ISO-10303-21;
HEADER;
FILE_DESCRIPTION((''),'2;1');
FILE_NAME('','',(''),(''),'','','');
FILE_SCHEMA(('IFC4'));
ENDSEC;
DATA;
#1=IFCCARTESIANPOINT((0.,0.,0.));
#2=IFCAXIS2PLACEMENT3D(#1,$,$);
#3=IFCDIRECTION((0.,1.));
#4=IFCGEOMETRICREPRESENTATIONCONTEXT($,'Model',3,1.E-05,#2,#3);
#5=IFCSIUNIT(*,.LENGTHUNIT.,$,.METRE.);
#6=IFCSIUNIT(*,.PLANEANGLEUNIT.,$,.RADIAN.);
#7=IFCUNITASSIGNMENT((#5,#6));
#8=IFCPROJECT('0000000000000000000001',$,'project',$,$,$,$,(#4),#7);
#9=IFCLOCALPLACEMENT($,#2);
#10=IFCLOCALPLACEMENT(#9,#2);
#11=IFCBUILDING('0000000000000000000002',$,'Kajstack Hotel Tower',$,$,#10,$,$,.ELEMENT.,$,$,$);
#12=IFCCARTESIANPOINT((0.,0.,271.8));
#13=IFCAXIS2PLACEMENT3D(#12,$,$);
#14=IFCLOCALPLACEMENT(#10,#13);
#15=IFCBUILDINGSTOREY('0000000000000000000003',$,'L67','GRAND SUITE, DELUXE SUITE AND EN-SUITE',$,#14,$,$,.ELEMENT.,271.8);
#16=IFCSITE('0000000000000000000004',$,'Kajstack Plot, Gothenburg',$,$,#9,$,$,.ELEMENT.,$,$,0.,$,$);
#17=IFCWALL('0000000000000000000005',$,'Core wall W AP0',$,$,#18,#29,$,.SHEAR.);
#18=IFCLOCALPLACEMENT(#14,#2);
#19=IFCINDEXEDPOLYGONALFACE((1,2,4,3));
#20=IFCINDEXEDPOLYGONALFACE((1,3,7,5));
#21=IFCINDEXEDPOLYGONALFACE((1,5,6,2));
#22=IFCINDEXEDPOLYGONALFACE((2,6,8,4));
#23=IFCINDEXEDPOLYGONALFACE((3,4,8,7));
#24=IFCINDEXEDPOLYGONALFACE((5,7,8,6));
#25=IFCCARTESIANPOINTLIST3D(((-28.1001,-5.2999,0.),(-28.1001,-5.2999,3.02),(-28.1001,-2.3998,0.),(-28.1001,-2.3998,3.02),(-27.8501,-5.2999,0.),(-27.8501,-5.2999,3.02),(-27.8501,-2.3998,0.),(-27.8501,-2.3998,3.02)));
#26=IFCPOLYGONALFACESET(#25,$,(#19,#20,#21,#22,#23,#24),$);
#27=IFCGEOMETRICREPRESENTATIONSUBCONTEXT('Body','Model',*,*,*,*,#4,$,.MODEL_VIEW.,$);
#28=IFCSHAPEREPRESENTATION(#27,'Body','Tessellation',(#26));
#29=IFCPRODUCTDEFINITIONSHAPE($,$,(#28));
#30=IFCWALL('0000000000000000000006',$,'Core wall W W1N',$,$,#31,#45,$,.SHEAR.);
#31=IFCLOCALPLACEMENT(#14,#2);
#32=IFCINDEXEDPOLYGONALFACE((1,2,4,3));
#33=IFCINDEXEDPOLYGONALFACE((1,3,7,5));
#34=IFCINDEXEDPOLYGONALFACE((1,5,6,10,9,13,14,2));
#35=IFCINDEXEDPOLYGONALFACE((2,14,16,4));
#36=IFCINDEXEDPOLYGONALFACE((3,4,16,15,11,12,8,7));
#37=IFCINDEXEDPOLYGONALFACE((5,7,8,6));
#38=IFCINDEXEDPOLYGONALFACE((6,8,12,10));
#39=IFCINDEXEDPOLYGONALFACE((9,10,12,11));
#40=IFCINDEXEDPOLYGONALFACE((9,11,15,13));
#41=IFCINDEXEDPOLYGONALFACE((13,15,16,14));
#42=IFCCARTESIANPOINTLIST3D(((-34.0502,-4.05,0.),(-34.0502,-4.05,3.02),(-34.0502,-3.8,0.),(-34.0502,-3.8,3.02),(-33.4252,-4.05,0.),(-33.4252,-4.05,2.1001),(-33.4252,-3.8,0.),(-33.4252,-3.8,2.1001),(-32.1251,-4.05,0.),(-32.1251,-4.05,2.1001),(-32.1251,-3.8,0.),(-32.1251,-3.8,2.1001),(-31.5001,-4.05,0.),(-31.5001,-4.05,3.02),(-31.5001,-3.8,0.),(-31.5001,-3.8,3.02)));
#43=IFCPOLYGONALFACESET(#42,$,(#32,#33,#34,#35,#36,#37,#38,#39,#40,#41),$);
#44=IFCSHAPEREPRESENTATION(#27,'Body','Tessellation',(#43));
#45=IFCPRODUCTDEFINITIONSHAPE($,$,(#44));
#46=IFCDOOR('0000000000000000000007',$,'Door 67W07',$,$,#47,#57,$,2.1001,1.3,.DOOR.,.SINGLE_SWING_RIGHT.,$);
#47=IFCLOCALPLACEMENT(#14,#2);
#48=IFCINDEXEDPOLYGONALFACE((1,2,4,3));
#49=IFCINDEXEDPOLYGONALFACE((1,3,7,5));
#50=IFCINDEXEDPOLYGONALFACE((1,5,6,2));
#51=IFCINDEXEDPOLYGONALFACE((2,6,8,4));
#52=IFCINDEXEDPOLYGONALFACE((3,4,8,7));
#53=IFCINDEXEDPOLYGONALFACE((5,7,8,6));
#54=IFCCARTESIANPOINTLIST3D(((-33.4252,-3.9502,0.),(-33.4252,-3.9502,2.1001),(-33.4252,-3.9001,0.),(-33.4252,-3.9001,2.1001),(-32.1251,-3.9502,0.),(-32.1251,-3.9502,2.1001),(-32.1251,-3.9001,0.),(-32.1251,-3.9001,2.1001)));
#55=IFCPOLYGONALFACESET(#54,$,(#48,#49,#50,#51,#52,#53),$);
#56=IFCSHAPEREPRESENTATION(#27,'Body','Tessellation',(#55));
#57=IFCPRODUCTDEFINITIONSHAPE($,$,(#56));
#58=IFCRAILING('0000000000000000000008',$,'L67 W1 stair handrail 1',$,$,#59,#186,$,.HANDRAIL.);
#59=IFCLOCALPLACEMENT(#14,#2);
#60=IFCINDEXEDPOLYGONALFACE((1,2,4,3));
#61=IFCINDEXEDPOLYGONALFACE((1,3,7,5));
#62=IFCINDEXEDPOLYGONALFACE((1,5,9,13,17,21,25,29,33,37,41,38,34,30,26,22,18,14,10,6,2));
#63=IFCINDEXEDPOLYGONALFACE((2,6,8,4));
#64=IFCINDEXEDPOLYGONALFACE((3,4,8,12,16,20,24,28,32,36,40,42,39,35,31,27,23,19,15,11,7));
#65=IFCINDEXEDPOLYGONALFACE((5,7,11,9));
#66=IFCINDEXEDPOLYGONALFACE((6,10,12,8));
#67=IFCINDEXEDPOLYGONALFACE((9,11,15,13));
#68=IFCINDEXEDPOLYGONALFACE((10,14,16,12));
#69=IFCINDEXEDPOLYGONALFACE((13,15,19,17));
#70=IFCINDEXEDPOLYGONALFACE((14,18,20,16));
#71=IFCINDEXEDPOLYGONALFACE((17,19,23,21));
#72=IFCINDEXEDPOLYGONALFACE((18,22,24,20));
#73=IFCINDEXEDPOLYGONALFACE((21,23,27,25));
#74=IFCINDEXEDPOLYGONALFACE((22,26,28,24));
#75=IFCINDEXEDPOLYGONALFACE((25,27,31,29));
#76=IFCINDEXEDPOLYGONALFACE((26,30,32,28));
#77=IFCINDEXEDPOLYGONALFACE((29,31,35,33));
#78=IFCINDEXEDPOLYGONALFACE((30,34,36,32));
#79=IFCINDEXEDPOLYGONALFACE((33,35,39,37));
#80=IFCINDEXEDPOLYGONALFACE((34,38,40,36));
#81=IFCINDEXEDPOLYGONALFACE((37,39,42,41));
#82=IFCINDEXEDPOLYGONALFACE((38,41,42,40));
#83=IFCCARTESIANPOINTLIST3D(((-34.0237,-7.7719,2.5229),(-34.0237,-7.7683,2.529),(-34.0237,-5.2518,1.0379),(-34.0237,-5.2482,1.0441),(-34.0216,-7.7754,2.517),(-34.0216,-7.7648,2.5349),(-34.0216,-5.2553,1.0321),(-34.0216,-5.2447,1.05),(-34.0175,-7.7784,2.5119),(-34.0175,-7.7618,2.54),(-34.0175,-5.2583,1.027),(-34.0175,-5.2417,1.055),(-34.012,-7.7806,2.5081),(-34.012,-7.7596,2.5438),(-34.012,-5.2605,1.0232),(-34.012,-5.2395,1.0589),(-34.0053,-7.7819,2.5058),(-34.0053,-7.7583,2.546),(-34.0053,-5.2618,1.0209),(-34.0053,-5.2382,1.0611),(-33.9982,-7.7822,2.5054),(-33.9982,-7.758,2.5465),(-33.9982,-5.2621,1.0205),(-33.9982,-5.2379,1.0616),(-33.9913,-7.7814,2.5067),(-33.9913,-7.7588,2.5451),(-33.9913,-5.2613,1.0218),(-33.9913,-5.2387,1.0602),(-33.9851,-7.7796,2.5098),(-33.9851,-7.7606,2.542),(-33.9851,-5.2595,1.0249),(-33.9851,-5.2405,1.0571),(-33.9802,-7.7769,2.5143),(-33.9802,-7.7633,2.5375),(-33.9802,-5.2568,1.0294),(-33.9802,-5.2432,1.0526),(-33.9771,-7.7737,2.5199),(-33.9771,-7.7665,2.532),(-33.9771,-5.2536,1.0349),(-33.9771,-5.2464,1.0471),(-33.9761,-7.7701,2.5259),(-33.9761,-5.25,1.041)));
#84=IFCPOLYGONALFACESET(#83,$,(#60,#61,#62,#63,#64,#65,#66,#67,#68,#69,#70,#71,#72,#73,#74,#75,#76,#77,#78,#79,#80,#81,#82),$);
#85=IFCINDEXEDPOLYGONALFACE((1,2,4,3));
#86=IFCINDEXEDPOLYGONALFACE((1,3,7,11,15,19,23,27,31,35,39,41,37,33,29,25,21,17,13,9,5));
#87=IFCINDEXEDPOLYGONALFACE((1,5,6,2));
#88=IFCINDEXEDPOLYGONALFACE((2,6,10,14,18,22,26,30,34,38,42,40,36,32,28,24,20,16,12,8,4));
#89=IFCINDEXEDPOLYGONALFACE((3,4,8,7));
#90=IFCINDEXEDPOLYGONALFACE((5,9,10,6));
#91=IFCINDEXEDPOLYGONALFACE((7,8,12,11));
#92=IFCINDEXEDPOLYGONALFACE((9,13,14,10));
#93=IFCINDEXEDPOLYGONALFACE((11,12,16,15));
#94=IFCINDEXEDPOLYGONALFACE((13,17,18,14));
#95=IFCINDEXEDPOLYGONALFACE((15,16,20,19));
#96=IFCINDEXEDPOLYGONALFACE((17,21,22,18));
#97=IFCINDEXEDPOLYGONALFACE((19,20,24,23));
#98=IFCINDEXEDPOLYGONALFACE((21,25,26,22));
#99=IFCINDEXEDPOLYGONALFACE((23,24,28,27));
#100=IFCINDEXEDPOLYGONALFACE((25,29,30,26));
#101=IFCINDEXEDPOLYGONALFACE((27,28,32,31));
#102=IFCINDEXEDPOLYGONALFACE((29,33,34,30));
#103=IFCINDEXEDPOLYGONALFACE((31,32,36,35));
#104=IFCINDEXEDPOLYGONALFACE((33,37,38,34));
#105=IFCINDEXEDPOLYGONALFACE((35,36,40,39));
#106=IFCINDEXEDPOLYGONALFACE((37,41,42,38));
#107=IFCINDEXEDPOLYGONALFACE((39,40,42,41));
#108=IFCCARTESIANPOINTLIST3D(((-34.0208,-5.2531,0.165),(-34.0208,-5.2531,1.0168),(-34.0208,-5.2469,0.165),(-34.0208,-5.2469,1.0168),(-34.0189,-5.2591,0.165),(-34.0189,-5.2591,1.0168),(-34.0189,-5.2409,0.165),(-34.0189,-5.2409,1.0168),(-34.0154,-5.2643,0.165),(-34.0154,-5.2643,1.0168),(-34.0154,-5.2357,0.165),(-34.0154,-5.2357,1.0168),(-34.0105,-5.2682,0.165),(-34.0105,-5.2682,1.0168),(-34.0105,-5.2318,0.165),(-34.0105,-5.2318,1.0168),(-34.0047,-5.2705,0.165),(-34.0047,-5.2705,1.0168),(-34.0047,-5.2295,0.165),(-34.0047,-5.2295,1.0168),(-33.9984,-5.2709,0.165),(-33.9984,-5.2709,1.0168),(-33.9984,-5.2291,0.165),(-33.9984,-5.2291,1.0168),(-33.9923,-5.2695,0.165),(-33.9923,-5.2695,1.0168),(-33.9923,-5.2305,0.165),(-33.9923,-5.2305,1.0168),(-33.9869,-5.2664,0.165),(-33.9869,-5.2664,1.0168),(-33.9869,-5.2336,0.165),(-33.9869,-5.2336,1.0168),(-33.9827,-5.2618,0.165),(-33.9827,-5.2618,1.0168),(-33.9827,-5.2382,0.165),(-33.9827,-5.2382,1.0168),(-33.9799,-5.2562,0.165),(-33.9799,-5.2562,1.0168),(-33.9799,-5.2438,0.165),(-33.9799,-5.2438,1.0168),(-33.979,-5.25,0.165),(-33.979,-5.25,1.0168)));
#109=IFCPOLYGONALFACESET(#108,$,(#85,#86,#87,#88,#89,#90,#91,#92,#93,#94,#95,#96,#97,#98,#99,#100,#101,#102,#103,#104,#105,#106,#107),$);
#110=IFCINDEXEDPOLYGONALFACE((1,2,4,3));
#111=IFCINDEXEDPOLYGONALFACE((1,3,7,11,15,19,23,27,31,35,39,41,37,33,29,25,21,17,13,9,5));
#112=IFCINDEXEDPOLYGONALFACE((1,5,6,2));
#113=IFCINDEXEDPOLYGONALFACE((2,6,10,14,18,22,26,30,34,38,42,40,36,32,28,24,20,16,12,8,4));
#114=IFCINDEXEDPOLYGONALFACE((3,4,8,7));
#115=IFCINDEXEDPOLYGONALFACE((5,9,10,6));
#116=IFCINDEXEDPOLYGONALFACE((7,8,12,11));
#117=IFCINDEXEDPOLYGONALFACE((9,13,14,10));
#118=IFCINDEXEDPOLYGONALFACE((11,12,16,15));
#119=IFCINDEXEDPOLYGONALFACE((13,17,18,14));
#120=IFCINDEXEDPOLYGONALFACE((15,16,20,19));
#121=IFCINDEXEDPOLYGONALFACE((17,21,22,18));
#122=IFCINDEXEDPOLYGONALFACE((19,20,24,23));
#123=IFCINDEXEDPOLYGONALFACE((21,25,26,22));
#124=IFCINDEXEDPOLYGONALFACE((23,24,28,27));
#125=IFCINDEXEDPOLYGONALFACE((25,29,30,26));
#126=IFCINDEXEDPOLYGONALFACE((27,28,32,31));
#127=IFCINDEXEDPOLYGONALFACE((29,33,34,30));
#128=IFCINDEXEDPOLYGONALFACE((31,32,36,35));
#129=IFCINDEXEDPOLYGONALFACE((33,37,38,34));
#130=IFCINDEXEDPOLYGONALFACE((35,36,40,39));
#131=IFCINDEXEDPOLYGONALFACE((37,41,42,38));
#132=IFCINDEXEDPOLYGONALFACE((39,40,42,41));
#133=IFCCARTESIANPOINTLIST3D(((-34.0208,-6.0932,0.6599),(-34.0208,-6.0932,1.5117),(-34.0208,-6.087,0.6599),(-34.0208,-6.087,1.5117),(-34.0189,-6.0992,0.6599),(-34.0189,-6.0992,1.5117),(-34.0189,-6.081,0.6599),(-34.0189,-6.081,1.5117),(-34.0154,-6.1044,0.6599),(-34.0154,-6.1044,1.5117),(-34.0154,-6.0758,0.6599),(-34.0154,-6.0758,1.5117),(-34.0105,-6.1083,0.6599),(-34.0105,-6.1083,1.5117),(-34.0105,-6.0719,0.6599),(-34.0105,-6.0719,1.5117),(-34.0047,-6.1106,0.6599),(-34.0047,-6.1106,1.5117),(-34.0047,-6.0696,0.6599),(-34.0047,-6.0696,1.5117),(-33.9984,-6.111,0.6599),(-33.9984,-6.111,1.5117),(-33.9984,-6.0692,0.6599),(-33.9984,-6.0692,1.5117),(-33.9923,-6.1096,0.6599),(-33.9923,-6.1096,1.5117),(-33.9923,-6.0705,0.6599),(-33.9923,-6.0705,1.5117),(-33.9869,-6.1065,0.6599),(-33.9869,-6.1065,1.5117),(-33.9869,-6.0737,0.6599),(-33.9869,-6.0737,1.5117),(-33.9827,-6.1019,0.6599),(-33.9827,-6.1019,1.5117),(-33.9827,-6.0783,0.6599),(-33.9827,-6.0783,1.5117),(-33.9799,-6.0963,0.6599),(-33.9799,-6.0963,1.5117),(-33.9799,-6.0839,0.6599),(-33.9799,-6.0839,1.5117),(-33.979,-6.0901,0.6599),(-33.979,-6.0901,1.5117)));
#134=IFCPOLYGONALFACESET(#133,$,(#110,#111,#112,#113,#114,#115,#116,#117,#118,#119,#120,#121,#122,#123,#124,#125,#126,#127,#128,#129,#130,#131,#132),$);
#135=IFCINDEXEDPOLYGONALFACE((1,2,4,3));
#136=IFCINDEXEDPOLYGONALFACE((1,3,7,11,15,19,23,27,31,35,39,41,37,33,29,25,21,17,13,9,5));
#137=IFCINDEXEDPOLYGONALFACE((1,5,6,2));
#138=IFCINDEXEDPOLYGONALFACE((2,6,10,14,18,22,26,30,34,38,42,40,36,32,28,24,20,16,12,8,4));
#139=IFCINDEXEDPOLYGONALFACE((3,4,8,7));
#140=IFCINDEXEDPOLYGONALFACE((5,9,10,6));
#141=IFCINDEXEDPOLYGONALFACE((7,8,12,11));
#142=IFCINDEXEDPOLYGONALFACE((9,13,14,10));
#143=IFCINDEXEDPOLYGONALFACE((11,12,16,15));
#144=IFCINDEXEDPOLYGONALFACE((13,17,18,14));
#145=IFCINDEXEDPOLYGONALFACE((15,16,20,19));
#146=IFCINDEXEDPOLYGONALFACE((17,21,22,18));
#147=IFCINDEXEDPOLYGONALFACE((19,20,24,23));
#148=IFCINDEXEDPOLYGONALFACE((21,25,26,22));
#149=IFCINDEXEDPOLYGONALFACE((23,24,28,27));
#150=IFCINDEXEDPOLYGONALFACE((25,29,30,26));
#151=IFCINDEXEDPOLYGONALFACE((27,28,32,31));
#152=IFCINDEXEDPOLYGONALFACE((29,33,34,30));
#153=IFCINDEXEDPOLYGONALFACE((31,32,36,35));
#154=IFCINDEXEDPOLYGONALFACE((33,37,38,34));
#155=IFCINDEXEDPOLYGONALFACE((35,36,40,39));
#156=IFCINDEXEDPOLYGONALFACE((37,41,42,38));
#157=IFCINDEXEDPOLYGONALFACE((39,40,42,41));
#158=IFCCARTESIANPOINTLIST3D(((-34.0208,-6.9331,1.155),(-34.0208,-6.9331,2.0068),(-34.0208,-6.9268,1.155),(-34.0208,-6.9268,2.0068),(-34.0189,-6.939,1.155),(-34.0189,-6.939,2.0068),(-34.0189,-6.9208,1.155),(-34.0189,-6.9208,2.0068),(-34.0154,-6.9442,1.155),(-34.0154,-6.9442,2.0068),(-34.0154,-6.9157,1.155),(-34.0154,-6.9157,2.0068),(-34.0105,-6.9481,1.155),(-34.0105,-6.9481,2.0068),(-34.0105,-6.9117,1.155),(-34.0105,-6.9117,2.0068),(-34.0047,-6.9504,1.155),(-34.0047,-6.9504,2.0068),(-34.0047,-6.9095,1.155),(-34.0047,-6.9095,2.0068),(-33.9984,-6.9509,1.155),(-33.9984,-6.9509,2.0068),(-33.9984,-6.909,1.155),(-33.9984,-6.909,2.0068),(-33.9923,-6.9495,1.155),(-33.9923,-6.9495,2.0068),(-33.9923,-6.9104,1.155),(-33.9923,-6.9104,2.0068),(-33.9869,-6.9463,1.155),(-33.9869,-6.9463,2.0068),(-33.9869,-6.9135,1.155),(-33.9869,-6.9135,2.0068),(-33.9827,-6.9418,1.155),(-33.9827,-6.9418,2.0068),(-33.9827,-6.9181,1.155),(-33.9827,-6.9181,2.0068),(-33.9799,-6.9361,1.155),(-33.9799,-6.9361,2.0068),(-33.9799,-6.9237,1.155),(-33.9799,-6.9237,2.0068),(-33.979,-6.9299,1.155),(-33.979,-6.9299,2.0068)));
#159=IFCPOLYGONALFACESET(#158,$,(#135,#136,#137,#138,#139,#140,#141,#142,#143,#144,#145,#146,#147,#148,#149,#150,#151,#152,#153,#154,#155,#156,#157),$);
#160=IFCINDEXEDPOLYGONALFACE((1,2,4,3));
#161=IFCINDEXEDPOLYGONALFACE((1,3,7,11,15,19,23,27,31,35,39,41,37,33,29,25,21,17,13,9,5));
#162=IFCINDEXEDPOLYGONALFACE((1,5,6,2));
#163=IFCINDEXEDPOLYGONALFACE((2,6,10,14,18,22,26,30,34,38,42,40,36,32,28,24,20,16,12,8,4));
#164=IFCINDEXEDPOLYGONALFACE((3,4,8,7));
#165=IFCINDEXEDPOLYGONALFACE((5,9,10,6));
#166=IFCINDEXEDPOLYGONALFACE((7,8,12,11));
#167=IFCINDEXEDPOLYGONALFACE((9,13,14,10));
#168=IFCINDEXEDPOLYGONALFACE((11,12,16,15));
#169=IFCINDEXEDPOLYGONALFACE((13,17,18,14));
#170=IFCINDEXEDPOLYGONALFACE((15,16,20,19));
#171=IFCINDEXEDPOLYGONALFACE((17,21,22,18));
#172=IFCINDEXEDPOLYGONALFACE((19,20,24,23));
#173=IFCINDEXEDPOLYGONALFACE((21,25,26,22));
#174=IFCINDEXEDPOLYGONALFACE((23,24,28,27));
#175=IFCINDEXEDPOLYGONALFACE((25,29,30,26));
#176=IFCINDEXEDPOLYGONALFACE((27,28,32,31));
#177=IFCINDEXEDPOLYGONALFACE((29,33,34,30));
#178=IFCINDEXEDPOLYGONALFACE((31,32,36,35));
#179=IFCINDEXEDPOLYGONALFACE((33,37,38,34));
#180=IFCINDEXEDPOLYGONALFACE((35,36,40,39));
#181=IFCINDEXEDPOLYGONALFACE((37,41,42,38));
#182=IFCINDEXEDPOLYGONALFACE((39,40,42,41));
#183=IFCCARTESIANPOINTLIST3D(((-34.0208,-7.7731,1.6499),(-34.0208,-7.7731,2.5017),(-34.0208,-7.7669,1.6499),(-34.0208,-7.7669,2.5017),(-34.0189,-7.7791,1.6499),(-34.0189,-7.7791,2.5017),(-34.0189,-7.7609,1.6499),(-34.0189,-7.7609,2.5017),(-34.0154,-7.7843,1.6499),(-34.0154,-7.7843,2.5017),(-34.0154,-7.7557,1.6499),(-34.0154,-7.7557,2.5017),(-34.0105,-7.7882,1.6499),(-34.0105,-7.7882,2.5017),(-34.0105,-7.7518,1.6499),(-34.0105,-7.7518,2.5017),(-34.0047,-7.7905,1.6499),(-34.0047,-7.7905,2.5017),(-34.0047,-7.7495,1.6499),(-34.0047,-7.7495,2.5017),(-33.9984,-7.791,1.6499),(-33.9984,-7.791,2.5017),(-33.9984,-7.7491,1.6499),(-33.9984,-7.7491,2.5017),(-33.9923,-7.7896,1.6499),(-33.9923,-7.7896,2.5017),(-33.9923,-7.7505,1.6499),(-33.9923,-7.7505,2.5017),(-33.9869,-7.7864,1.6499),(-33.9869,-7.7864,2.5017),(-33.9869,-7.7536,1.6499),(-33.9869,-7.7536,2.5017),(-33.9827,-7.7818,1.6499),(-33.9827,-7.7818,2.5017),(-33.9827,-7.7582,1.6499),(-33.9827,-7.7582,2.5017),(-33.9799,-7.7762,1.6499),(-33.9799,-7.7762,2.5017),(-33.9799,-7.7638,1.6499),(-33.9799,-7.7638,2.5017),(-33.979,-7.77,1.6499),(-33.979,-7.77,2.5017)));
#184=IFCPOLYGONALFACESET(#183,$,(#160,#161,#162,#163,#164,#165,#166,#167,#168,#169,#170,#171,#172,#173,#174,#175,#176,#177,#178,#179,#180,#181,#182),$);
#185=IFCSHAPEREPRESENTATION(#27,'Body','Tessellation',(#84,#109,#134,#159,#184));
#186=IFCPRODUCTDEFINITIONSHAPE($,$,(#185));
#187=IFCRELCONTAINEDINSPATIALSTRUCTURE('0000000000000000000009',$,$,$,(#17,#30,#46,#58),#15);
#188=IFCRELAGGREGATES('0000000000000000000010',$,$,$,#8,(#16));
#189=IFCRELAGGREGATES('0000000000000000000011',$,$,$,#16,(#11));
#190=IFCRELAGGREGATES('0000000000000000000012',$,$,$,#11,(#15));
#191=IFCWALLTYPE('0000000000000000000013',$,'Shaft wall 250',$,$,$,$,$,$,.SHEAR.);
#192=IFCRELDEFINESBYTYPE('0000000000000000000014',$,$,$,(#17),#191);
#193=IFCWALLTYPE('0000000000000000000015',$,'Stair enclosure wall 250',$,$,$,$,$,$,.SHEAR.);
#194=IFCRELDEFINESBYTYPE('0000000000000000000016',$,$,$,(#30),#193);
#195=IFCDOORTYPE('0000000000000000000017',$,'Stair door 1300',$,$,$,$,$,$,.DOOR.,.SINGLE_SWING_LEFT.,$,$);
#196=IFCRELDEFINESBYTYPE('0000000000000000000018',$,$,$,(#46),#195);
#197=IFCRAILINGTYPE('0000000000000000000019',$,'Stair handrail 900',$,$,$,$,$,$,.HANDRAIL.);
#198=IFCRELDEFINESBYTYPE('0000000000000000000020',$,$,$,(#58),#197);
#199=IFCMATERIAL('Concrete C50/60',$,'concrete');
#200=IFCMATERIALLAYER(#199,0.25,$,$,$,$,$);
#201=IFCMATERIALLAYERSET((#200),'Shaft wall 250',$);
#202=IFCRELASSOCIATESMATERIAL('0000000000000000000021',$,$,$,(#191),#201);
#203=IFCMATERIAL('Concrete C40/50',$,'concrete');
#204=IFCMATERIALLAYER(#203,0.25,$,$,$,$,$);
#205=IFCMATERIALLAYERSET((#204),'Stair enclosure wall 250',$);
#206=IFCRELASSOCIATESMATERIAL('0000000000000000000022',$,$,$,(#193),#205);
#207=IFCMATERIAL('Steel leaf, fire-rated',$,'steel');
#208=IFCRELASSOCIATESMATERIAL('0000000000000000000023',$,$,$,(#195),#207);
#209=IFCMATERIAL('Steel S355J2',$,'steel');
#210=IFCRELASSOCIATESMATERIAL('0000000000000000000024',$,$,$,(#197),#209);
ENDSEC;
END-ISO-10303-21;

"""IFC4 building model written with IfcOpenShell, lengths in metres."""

from ifc_helpers import new_model, si_unit, direction, frame, frame_2d, origin, origin_2d, place, context, subcontext, project, spatial, rectangle, circle, extrude, material, layer, layer_set, type_object, element, fill, save


model = new_model("IFC4")

# Units and contexts
model_context = context("Model", 3, precision=1e-05, world=origin(), true_north=direction((0.0, 1.0)))
body_context = subcontext(model_context, "Body", "Model", "MODEL_VIEW")
ifc_project = project(units=[si_unit("LENGTHUNIT", "METRE"), si_unit("PLANEANGLEUNIT", "RADIAN")], contexts=[model_context])

# Site, building, storey
site_placement = place(None, origin())
site = spatial("IfcSite", under=ifc_project, at=site_placement, Name="Kajstack Plot, Gothenburg", CompositionType="ELEMENT", RefElevation=0.0)
building_placement = place(site_placement, origin())
building = spatial("IfcBuilding", under=site, at=building_placement, Name="Kajstack Hotel Tower", CompositionType="ELEMENT")
storey_placement = place(building_placement, frame((0.0, 0.0, 271.8)))
storey = spatial("IfcBuildingStorey", under=building, at=storey_placement, Name="L67", Description="GRAND SUITE, DELUXE SUITE AND EN-SUITE", CompositionType="ELEMENT", Elevation=271.8)

# Shared definitions
ifc_material_1 = material(Name="Steel leaf, fire-rated", Category="steel")
ifc_material_2 = material(Name="Concrete C50/60", Category="concrete")
ifc_layer_1 = layer(ifc_material_2, 0.25)
ifc_layer_set_1 = layer_set([ifc_layer_1], Name="Shaft wall 250")
wall_type_1 = type_object("IfcWallType", Name="Shaft wall 250", PredefinedType="SHEAR", material=ifc_layer_set_1)

# Wall
wall_1_placement = place(storey_placement, frame((-27.9751, -5.3, 0.0), z_axis=(0.0, 0.0, 1.0), x_axis=(0.0, 1.0, 0.0)))
element("IfcWall", 1, at=wall_1_placement, inside=storey, type_object=wall_type_1, Name="Core wall W AP0", PredefinedType="SHEAR", context=body_context, shape_type="SweptSolid", body=[
    extrude(rectangle(XDim=2.9001, YDim=0.25, at=frame_2d((1.4502, 0.0))), origin(), (0.0, 0.0, 1.0), 3.02),
])

# Wall, opening, door
ifc_material_3 = material(Name="Concrete C40/50", Category="concrete")
ifc_layer_2 = layer(ifc_material_3, 0.25)
ifc_layer_set_2 = layer_set([ifc_layer_2], Name="Stair enclosure wall 250")
wall_type_2 = type_object("IfcWallType", Name="Stair enclosure wall 250", PredefinedType="SHEAR", material=ifc_layer_set_2)
wall_2_placement = place(storey_placement, frame((-34.05, -3.925, 0.0), z_axis=(0.0, 0.0, 1.0), x_axis=(1.0, 0.0, 0.0)))
wall_2 = element("IfcWall", 2, at=wall_2_placement, inside=storey, type_object=wall_type_2, Name="Core wall W W1N", PredefinedType="SHEAR", context=body_context, shape_type="SweptSolid", body=[
    extrude(rectangle(XDim=2.55, YDim=0.25, at=frame_2d((1.2749, 0.0))), origin(), (0.0, 0.0, 1.0), 3.02),
])
opening_1_placement = place(wall_2_placement, frame((0.625, 0.0, 0.0)))
opening_1 = element("IfcOpeningElement", 3, at=opening_1_placement, cuts=wall_2, PredefinedType="OPENING", context=body_context, shape_type="SweptSolid", body=[
    extrude(rectangle(XDim=1.3, YDim=2.1001, at=frame_2d((0.6499, 1.05))), frame((0.0, 0.135, 0.0), z_axis=(0.0, -1.0, 0.0), x_axis=(1.0, 0.0, 0.0)), (0.0, 0.0, 1.0), 0.27),
])
door_type_1 = type_object("IfcDoorType", Name="Stair door 1300", OperationType="SINGLE_SWING_LEFT", PredefinedType="DOOR", material=ifc_material_1)
door_1_placement = place(opening_1_placement, origin())
door_1 = element("IfcDoor", 4, at=door_1_placement, inside=storey, type_object=door_type_1, Name="Door 67W07", OperationType="SINGLE_SWING_RIGHT", OverallHeight=2.1001, OverallWidth=1.3, PredefinedType="DOOR", context=body_context, shape_type="SweptSolid", body=[
    extrude(rectangle(XDim=1.3, YDim=2.1001, at=frame_2d((0.6499, 1.05))), frame((0.0, 0.0249, 0.0), z_axis=(0.0, -1.0, 0.0), x_axis=(1.0, 0.0, 0.0)), (0.0, 0.0, 1.0), 0.05),
])
fill(opening_1, door_1)

# Railing
ifc_material_4 = material(Name="Steel S355J2", Category="steel")
railing_type_1 = type_object("IfcRailingType", Name="Stair handrail 900", PredefinedType="HANDRAIL", material=ifc_material_4)
railing_1_placement = place(storey_placement, frame((-34.0, -5.25, 0.165)))
element("IfcRailing", 5, at=railing_1_placement, inside=storey, type_object=railing_type_1, Name="L67 W1 stair handrail 1", PredefinedType="HANDRAIL", context=body_context, shape_type="SweptSolid", body=[
    extrude(circle(Radius=0.0239, at=origin_2d()), frame((0.0, 0.0, 0.876), z_axis=(0.0, -0.861561, 0.507655), x_axis=(1.0, 0.0, 0.0)), (0.0, 0.0, 1.0), 2.925),
    extrude(circle(Radius=0.021, at=origin_2d()), origin(), (0.0, 0.0, 1.0), 0.8518),
    extrude(circle(Radius=0.021, at=origin_2d()), frame((0.0, -0.8401, 0.4949)), (0.0, 0.0, 1.0), 0.8518),
    extrude(circle(Radius=0.021, at=origin_2d()), frame((0.0, -1.6799, 0.99)), (0.0, 0.0, 1.0), 0.8518),
    extrude(circle(Radius=0.021, at=origin_2d()), frame((0.0, -2.52, 1.4849)), (0.0, 0.0, 1.0), 0.8518),
])

save(model, "model.ifc")
